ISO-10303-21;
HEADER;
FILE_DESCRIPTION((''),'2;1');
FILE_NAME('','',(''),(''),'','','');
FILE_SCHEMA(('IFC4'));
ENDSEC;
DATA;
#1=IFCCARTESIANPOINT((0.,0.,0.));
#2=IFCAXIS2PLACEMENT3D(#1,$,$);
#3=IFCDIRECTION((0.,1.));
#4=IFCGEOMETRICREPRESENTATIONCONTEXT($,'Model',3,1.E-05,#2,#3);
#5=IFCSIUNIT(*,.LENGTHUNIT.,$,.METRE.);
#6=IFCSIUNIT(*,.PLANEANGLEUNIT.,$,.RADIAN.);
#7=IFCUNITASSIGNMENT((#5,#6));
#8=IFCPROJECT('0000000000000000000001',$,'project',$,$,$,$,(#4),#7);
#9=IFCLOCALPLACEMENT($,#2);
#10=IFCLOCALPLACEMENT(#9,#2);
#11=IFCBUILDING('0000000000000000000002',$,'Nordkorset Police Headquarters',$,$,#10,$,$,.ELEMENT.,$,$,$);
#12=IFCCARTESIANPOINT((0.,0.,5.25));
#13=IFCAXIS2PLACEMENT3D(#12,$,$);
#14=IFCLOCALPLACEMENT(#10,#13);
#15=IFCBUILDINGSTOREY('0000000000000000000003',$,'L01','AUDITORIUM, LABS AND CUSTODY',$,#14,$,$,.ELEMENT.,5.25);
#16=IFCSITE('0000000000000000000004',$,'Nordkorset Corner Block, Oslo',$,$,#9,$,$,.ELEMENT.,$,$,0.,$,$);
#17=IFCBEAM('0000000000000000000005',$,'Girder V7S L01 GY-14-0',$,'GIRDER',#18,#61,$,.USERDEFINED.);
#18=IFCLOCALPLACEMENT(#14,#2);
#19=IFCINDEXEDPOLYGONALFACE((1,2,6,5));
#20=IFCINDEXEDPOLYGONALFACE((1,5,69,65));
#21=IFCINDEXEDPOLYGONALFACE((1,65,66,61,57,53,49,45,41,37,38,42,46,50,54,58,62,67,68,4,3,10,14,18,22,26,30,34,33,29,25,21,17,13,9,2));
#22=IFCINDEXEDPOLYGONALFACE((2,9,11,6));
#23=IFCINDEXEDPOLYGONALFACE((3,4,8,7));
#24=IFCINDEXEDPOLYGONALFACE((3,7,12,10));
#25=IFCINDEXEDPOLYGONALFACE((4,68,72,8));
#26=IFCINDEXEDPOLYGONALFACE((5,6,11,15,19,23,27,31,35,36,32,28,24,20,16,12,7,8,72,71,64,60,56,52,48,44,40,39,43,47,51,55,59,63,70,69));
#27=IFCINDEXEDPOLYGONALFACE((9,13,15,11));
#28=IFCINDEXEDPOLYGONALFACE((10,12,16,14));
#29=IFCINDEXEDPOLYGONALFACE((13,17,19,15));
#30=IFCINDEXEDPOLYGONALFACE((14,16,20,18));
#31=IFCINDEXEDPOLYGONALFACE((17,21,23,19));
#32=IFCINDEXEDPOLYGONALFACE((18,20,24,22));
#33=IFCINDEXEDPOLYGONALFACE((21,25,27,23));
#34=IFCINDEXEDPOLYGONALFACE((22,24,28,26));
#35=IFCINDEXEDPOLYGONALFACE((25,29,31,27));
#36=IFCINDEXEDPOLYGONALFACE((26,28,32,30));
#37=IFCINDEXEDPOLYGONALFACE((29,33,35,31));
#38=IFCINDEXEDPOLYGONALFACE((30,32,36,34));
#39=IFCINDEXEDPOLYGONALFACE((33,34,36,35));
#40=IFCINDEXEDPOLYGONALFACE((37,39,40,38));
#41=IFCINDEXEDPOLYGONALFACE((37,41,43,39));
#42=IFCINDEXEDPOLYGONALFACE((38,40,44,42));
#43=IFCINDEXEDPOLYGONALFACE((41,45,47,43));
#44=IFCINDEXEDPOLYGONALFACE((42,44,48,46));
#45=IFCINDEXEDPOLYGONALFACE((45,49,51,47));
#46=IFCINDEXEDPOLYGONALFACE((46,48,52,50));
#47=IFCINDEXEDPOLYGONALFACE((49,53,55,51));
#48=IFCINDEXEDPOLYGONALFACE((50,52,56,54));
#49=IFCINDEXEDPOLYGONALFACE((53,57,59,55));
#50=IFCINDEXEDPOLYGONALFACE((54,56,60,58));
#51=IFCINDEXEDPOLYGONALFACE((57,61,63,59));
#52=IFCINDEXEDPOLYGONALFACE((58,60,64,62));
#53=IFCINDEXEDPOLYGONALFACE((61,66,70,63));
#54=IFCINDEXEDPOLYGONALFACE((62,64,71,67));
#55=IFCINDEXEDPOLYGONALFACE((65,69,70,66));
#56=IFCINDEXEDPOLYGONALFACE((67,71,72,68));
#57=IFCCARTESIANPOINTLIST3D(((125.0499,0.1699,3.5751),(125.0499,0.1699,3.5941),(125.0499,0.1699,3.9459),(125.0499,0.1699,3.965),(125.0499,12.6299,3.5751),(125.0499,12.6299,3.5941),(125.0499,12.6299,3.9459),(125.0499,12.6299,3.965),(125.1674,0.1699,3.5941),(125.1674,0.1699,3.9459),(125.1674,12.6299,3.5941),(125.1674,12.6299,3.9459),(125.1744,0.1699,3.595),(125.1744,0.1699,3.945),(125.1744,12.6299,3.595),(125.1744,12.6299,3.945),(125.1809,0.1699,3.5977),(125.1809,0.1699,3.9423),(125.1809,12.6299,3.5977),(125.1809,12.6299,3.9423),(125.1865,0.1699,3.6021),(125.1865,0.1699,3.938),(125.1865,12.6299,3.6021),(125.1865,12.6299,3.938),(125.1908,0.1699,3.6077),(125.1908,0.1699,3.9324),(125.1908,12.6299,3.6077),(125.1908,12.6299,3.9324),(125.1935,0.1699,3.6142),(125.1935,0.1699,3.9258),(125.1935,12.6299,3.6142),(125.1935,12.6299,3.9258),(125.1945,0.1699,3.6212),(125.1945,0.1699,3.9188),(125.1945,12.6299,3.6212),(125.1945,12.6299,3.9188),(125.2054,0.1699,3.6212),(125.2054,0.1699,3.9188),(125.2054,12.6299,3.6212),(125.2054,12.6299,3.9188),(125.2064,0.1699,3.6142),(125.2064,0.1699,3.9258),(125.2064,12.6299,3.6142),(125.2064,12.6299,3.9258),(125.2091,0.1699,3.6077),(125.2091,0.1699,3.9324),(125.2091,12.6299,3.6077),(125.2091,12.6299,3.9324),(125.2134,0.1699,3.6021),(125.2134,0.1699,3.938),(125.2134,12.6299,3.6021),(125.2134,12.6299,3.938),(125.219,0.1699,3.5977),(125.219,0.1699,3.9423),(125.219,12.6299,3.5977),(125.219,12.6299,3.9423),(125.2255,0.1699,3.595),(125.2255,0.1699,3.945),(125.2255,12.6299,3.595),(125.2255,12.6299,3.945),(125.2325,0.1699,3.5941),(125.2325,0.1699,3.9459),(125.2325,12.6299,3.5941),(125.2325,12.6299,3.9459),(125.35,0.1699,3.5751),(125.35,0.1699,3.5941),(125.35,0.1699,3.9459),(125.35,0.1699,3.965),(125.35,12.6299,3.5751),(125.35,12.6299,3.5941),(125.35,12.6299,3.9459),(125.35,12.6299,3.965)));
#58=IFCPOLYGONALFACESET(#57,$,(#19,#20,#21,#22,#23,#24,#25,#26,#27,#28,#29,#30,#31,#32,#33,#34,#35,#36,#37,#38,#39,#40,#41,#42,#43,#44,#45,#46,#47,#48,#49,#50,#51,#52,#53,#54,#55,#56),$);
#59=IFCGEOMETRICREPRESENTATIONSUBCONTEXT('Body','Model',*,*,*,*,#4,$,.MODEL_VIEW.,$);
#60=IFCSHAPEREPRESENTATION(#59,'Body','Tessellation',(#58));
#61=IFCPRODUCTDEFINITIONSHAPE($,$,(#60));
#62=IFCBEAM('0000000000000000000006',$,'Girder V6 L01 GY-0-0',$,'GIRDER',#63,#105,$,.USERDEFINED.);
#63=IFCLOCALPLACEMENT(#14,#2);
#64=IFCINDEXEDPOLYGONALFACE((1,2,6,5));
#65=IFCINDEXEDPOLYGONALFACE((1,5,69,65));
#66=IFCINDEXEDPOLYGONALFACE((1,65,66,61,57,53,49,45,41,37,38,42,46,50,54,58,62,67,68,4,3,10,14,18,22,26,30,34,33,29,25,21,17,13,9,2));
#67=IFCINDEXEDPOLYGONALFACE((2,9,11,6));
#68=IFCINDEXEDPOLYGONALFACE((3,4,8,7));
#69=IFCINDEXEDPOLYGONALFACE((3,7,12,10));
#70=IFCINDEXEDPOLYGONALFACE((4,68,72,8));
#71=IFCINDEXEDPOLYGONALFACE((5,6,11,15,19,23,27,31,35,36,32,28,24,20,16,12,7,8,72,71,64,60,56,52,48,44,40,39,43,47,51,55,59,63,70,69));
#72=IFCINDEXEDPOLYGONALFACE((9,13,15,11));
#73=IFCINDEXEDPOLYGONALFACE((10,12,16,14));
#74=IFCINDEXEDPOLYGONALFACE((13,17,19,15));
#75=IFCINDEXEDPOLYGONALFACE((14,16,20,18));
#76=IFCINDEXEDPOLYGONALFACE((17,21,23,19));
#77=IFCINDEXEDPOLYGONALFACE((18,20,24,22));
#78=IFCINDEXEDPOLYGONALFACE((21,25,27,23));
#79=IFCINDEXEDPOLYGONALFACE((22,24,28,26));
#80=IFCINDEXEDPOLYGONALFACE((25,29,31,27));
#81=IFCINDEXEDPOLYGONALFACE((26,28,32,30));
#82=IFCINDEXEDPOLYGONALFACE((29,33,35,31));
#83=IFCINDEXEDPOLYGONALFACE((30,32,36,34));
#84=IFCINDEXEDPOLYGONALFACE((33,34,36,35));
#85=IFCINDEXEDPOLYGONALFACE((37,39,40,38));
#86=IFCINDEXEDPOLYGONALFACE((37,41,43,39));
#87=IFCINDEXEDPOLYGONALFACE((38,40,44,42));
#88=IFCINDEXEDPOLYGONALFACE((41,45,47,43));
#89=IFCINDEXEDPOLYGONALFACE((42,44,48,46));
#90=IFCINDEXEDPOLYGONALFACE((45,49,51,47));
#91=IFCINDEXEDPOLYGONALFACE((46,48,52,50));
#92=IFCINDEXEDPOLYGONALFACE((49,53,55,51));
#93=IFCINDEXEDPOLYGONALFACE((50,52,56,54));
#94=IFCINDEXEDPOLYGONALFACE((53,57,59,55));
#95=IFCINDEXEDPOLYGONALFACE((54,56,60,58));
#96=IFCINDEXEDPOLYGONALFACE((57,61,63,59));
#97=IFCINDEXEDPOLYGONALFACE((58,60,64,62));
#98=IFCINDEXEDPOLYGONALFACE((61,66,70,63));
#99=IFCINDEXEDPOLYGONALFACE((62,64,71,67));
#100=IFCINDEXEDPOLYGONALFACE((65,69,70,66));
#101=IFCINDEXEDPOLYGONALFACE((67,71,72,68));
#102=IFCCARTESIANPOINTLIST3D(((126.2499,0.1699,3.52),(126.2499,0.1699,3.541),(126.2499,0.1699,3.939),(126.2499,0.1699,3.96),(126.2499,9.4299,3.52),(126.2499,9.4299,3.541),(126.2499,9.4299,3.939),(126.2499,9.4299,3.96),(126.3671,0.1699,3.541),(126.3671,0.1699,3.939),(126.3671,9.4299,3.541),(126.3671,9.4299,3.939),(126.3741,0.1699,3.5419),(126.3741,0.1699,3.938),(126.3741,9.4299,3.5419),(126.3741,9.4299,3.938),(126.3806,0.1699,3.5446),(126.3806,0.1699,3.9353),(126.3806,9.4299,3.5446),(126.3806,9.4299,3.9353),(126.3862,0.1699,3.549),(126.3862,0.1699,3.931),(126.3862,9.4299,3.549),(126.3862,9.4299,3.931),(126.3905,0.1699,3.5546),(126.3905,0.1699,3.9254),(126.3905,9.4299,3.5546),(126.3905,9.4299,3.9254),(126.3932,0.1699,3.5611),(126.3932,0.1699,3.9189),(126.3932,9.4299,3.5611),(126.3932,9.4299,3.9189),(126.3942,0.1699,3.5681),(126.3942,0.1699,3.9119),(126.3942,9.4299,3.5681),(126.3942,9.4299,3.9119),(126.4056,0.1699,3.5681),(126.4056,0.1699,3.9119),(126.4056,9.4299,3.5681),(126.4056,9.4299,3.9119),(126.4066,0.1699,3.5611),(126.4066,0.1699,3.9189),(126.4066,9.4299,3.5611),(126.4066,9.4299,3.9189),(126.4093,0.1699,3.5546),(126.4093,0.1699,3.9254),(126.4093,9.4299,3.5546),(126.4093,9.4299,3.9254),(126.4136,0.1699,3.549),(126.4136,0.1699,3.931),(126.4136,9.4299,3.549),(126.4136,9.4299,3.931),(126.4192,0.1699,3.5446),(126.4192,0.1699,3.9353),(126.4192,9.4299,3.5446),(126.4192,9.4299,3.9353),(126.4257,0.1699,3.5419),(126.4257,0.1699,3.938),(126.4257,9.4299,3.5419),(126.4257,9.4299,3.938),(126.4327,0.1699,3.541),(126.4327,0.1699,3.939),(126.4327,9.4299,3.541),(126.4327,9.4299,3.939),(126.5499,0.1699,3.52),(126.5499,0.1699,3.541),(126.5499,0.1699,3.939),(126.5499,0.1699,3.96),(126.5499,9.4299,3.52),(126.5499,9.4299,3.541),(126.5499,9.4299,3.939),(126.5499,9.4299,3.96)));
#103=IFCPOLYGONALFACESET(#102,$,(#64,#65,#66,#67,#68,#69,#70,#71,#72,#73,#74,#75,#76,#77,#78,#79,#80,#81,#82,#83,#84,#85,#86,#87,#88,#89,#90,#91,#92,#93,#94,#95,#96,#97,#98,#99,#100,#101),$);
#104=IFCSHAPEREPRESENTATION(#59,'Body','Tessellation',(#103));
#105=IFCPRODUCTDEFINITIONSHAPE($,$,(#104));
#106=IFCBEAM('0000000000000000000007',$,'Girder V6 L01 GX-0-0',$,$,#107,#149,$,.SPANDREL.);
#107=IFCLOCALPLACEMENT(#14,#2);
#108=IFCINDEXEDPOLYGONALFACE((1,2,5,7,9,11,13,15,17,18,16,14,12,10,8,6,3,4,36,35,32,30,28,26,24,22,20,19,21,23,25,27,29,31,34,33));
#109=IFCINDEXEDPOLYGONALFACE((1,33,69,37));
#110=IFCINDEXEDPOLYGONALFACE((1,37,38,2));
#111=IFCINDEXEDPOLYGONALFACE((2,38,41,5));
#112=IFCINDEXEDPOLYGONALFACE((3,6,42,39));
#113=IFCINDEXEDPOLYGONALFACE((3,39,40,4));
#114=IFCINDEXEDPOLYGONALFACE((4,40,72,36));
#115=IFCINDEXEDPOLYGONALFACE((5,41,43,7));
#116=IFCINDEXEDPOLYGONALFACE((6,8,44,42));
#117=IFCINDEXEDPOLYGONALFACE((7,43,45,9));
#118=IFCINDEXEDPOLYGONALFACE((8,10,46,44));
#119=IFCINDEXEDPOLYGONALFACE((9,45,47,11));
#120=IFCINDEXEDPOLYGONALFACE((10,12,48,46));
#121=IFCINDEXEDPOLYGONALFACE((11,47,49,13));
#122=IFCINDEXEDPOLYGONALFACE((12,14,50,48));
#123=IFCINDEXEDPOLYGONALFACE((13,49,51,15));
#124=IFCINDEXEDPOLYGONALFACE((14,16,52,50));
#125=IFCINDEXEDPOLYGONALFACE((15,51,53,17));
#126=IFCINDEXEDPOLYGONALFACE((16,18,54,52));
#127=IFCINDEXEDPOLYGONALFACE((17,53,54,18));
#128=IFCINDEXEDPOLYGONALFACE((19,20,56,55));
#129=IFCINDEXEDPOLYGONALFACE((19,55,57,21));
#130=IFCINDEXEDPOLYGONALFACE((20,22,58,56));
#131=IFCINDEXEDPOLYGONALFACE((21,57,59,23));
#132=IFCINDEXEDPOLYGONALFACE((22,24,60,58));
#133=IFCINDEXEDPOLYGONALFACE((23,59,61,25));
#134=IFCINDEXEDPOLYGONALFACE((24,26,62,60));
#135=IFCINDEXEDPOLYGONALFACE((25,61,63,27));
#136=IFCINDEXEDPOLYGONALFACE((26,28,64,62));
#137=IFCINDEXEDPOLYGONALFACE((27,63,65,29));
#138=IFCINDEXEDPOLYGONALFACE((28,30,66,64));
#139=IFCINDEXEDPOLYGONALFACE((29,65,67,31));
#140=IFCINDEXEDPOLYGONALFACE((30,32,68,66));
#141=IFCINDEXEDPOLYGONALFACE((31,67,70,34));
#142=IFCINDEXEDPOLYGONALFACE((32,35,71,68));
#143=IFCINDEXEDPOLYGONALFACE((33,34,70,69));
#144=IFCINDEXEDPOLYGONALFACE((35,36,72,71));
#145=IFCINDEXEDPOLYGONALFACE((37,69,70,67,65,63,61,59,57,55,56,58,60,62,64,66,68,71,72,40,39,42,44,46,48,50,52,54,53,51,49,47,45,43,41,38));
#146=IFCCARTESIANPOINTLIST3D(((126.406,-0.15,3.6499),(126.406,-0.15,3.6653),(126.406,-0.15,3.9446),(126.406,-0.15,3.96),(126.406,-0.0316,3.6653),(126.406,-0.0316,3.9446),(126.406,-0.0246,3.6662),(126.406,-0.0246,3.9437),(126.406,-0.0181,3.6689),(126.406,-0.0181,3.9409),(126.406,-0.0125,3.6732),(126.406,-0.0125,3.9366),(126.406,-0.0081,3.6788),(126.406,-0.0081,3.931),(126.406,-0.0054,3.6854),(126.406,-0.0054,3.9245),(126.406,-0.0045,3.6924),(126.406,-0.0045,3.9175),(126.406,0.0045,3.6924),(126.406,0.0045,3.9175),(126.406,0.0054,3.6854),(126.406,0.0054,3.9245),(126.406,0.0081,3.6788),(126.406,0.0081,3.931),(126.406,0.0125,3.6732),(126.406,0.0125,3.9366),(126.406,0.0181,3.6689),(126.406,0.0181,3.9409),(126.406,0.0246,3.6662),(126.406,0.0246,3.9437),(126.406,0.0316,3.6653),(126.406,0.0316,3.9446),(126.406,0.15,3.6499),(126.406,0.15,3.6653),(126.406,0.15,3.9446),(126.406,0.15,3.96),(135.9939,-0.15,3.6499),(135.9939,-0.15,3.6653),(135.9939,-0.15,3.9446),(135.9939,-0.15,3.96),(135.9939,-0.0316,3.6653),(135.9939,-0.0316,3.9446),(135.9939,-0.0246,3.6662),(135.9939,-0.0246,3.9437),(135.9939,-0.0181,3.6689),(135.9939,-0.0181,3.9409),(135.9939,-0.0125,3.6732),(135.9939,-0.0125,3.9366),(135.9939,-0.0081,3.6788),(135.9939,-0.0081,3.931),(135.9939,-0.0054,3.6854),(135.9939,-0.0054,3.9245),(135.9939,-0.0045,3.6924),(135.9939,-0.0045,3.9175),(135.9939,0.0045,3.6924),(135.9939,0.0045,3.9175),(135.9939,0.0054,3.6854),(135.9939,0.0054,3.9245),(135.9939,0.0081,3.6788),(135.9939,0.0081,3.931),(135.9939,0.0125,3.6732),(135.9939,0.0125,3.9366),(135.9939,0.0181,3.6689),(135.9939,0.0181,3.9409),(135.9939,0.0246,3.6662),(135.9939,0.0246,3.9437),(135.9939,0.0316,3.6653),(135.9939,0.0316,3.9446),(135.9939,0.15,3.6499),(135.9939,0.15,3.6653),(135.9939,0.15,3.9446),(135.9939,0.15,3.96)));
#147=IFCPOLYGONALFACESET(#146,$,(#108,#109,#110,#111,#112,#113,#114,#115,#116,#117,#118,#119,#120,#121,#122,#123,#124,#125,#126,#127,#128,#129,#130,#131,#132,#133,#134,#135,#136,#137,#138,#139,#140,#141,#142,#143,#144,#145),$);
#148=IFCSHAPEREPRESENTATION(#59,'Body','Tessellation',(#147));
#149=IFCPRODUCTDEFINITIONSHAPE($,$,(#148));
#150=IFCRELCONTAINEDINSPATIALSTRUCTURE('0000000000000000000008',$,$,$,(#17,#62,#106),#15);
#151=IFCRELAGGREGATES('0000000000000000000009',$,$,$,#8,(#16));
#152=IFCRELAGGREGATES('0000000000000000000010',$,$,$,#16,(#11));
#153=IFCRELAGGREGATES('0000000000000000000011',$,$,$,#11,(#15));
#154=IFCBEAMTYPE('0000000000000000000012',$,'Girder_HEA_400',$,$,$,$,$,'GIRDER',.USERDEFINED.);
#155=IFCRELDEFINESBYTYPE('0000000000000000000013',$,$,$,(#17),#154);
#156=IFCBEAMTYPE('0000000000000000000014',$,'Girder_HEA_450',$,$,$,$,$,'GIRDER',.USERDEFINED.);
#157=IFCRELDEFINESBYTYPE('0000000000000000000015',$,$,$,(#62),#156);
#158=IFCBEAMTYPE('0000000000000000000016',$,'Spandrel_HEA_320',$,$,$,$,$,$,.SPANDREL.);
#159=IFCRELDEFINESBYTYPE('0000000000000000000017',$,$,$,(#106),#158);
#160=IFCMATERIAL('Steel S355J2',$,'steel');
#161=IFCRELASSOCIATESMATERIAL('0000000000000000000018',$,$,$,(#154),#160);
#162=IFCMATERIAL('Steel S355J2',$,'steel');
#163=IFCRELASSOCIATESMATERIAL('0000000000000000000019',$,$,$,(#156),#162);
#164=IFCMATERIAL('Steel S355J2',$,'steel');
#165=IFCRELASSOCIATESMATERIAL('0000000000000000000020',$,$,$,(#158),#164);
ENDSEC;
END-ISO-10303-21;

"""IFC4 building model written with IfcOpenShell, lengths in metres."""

from ifc_helpers import new_model, si_unit, direction, frame, origin, origin_2d, place, context, subcontext, project, spatial, i_section, extrude, material, material_profile, profile_set, type_object, element, save


model = new_model("IFC4")

# Units and contexts
model_context = context("Model", 3, precision=1e-05, world=origin(), true_north=direction((0.0, 1.0)))
body_context = subcontext(model_context, "Body", "Model", "MODEL_VIEW")
ifc_project = project(units=[si_unit("LENGTHUNIT", "METRE"), si_unit("PLANEANGLEUNIT", "RADIAN")], contexts=[model_context])

# Site, building, storey
site_placement = place(None, origin())
site = spatial("IfcSite", under=ifc_project, at=site_placement, Name="Nordkorset Corner Block, Oslo", CompositionType="ELEMENT", RefElevation=0.0)
building_placement = place(site_placement, origin())
building = spatial("IfcBuilding", under=site, at=building_placement, Name="Nordkorset Police Headquarters", CompositionType="ELEMENT")
storey_placement = place(building_placement, frame((0.0, 0.0, 5.25)))
storey = spatial("IfcBuildingStorey", under=building, at=storey_placement, Name="L01", Description="AUDITORIUM, LABS AND CUSTODY", CompositionType="ELEMENT", Elevation=5.25)

# Beams
ifc_material_1 = material(Name="Steel S355J2", Category="steel")
ifc_material_profile_1 = material_profile(ifc_material_1, i_section(OverallWidth=0.3, OverallDepth=0.3899, WebThickness=0.011, FlangeThickness=0.019, FilletRadius=0.0271, at=origin_2d()), Name="HEA 400")
ifc_profile_set_1 = profile_set([ifc_material_profile_1], Name="Steel S355J2")
beam_type_1 = type_object("IfcBeamType", Name="Girder_HEA_400", ElementType="GIRDER", PredefinedType="USERDEFINED", material=ifc_profile_set_1)
beam_1_placement = place(storey_placement, frame((125.2, 0.1699, 3.77), z_axis=(0.0, 1.0, 0.0), x_axis=(-1.0, 0.0, 0.0)))
element("IfcBeam", 1, at=beam_1_placement, inside=storey, type_object=beam_type_1, Name="Girder V7S L01 GY-14-0", ObjectType="GIRDER", PredefinedType="USERDEFINED", context=body_context, shape_type="SweptSolid", body=[
    extrude(i_section(OverallWidth=0.3, OverallDepth=0.3899, WebThickness=0.011, FlangeThickness=0.019, FilletRadius=0.0271, at=origin_2d()), origin(), (0.0, 0.0, 1.0), 12.46),
])
ifc_material_2 = material(Name="Steel S355J2", Category="steel")
ifc_material_profile_2 = material_profile(ifc_material_2, i_section(OverallWidth=0.3, OverallDepth=0.4399, WebThickness=0.0115, FlangeThickness=0.021, FilletRadius=0.0271, at=origin_2d()), Name="HEA 450")
ifc_profile_set_2 = profile_set([ifc_material_profile_2], Name="Steel S355J2")
beam_type_2 = type_object("IfcBeamType", Name="Girder_HEA_450", ElementType="GIRDER", PredefinedType="USERDEFINED", material=ifc_profile_set_2)
beam_2_placement = place(storey_placement, frame((126.3999, 0.1699, 3.74), z_axis=(0.0, 1.0, 0.0), x_axis=(-1.0, 0.0, 0.0)))
element("IfcBeam", 2, at=beam_2_placement, inside=storey, type_object=beam_type_2, Name="Girder V6 L01 GY-0-0", ObjectType="GIRDER", PredefinedType="USERDEFINED", context=body_context, shape_type="SweptSolid", body=[
    extrude(i_section(OverallWidth=0.3, OverallDepth=0.4399, WebThickness=0.0115, FlangeThickness=0.021, FilletRadius=0.0271, at=origin_2d()), origin(), (0.0, 0.0, 1.0), 9.26),
])
ifc_material_3 = material(Name="Steel S355J2", Category="steel")
ifc_material_profile_3 = material_profile(ifc_material_3, i_section(OverallWidth=0.3, OverallDepth=0.3101, WebThickness=0.009, FlangeThickness=0.0154, FilletRadius=0.0271, at=origin_2d()), Name="HEA 320")
ifc_profile_set_3 = profile_set([ifc_material_profile_3], Name="Steel S355J2")
beam_type_3 = type_object("IfcBeamType", Name="Spandrel_HEA_320", PredefinedType="SPANDREL", material=ifc_profile_set_3)
beam_3_placement = place(storey_placement, frame((126.406, 0.0, 3.8049), z_axis=(1.0, 0.0, 0.0), x_axis=(0.0, 1.0, 0.0)))
element("IfcBeam", 3, at=beam_3_placement, inside=storey, type_object=beam_type_3, Name="Girder V6 L01 GX-0-0", PredefinedType="SPANDREL", context=body_context, shape_type="SweptSolid", body=[
    extrude(i_section(OverallWidth=0.3, OverallDepth=0.3101, WebThickness=0.009, FlangeThickness=0.0154, FilletRadius=0.0271, at=origin_2d()), origin(), (0.0, 0.0, 1.0), 9.5879),
])

save(model, "model.ifc")
